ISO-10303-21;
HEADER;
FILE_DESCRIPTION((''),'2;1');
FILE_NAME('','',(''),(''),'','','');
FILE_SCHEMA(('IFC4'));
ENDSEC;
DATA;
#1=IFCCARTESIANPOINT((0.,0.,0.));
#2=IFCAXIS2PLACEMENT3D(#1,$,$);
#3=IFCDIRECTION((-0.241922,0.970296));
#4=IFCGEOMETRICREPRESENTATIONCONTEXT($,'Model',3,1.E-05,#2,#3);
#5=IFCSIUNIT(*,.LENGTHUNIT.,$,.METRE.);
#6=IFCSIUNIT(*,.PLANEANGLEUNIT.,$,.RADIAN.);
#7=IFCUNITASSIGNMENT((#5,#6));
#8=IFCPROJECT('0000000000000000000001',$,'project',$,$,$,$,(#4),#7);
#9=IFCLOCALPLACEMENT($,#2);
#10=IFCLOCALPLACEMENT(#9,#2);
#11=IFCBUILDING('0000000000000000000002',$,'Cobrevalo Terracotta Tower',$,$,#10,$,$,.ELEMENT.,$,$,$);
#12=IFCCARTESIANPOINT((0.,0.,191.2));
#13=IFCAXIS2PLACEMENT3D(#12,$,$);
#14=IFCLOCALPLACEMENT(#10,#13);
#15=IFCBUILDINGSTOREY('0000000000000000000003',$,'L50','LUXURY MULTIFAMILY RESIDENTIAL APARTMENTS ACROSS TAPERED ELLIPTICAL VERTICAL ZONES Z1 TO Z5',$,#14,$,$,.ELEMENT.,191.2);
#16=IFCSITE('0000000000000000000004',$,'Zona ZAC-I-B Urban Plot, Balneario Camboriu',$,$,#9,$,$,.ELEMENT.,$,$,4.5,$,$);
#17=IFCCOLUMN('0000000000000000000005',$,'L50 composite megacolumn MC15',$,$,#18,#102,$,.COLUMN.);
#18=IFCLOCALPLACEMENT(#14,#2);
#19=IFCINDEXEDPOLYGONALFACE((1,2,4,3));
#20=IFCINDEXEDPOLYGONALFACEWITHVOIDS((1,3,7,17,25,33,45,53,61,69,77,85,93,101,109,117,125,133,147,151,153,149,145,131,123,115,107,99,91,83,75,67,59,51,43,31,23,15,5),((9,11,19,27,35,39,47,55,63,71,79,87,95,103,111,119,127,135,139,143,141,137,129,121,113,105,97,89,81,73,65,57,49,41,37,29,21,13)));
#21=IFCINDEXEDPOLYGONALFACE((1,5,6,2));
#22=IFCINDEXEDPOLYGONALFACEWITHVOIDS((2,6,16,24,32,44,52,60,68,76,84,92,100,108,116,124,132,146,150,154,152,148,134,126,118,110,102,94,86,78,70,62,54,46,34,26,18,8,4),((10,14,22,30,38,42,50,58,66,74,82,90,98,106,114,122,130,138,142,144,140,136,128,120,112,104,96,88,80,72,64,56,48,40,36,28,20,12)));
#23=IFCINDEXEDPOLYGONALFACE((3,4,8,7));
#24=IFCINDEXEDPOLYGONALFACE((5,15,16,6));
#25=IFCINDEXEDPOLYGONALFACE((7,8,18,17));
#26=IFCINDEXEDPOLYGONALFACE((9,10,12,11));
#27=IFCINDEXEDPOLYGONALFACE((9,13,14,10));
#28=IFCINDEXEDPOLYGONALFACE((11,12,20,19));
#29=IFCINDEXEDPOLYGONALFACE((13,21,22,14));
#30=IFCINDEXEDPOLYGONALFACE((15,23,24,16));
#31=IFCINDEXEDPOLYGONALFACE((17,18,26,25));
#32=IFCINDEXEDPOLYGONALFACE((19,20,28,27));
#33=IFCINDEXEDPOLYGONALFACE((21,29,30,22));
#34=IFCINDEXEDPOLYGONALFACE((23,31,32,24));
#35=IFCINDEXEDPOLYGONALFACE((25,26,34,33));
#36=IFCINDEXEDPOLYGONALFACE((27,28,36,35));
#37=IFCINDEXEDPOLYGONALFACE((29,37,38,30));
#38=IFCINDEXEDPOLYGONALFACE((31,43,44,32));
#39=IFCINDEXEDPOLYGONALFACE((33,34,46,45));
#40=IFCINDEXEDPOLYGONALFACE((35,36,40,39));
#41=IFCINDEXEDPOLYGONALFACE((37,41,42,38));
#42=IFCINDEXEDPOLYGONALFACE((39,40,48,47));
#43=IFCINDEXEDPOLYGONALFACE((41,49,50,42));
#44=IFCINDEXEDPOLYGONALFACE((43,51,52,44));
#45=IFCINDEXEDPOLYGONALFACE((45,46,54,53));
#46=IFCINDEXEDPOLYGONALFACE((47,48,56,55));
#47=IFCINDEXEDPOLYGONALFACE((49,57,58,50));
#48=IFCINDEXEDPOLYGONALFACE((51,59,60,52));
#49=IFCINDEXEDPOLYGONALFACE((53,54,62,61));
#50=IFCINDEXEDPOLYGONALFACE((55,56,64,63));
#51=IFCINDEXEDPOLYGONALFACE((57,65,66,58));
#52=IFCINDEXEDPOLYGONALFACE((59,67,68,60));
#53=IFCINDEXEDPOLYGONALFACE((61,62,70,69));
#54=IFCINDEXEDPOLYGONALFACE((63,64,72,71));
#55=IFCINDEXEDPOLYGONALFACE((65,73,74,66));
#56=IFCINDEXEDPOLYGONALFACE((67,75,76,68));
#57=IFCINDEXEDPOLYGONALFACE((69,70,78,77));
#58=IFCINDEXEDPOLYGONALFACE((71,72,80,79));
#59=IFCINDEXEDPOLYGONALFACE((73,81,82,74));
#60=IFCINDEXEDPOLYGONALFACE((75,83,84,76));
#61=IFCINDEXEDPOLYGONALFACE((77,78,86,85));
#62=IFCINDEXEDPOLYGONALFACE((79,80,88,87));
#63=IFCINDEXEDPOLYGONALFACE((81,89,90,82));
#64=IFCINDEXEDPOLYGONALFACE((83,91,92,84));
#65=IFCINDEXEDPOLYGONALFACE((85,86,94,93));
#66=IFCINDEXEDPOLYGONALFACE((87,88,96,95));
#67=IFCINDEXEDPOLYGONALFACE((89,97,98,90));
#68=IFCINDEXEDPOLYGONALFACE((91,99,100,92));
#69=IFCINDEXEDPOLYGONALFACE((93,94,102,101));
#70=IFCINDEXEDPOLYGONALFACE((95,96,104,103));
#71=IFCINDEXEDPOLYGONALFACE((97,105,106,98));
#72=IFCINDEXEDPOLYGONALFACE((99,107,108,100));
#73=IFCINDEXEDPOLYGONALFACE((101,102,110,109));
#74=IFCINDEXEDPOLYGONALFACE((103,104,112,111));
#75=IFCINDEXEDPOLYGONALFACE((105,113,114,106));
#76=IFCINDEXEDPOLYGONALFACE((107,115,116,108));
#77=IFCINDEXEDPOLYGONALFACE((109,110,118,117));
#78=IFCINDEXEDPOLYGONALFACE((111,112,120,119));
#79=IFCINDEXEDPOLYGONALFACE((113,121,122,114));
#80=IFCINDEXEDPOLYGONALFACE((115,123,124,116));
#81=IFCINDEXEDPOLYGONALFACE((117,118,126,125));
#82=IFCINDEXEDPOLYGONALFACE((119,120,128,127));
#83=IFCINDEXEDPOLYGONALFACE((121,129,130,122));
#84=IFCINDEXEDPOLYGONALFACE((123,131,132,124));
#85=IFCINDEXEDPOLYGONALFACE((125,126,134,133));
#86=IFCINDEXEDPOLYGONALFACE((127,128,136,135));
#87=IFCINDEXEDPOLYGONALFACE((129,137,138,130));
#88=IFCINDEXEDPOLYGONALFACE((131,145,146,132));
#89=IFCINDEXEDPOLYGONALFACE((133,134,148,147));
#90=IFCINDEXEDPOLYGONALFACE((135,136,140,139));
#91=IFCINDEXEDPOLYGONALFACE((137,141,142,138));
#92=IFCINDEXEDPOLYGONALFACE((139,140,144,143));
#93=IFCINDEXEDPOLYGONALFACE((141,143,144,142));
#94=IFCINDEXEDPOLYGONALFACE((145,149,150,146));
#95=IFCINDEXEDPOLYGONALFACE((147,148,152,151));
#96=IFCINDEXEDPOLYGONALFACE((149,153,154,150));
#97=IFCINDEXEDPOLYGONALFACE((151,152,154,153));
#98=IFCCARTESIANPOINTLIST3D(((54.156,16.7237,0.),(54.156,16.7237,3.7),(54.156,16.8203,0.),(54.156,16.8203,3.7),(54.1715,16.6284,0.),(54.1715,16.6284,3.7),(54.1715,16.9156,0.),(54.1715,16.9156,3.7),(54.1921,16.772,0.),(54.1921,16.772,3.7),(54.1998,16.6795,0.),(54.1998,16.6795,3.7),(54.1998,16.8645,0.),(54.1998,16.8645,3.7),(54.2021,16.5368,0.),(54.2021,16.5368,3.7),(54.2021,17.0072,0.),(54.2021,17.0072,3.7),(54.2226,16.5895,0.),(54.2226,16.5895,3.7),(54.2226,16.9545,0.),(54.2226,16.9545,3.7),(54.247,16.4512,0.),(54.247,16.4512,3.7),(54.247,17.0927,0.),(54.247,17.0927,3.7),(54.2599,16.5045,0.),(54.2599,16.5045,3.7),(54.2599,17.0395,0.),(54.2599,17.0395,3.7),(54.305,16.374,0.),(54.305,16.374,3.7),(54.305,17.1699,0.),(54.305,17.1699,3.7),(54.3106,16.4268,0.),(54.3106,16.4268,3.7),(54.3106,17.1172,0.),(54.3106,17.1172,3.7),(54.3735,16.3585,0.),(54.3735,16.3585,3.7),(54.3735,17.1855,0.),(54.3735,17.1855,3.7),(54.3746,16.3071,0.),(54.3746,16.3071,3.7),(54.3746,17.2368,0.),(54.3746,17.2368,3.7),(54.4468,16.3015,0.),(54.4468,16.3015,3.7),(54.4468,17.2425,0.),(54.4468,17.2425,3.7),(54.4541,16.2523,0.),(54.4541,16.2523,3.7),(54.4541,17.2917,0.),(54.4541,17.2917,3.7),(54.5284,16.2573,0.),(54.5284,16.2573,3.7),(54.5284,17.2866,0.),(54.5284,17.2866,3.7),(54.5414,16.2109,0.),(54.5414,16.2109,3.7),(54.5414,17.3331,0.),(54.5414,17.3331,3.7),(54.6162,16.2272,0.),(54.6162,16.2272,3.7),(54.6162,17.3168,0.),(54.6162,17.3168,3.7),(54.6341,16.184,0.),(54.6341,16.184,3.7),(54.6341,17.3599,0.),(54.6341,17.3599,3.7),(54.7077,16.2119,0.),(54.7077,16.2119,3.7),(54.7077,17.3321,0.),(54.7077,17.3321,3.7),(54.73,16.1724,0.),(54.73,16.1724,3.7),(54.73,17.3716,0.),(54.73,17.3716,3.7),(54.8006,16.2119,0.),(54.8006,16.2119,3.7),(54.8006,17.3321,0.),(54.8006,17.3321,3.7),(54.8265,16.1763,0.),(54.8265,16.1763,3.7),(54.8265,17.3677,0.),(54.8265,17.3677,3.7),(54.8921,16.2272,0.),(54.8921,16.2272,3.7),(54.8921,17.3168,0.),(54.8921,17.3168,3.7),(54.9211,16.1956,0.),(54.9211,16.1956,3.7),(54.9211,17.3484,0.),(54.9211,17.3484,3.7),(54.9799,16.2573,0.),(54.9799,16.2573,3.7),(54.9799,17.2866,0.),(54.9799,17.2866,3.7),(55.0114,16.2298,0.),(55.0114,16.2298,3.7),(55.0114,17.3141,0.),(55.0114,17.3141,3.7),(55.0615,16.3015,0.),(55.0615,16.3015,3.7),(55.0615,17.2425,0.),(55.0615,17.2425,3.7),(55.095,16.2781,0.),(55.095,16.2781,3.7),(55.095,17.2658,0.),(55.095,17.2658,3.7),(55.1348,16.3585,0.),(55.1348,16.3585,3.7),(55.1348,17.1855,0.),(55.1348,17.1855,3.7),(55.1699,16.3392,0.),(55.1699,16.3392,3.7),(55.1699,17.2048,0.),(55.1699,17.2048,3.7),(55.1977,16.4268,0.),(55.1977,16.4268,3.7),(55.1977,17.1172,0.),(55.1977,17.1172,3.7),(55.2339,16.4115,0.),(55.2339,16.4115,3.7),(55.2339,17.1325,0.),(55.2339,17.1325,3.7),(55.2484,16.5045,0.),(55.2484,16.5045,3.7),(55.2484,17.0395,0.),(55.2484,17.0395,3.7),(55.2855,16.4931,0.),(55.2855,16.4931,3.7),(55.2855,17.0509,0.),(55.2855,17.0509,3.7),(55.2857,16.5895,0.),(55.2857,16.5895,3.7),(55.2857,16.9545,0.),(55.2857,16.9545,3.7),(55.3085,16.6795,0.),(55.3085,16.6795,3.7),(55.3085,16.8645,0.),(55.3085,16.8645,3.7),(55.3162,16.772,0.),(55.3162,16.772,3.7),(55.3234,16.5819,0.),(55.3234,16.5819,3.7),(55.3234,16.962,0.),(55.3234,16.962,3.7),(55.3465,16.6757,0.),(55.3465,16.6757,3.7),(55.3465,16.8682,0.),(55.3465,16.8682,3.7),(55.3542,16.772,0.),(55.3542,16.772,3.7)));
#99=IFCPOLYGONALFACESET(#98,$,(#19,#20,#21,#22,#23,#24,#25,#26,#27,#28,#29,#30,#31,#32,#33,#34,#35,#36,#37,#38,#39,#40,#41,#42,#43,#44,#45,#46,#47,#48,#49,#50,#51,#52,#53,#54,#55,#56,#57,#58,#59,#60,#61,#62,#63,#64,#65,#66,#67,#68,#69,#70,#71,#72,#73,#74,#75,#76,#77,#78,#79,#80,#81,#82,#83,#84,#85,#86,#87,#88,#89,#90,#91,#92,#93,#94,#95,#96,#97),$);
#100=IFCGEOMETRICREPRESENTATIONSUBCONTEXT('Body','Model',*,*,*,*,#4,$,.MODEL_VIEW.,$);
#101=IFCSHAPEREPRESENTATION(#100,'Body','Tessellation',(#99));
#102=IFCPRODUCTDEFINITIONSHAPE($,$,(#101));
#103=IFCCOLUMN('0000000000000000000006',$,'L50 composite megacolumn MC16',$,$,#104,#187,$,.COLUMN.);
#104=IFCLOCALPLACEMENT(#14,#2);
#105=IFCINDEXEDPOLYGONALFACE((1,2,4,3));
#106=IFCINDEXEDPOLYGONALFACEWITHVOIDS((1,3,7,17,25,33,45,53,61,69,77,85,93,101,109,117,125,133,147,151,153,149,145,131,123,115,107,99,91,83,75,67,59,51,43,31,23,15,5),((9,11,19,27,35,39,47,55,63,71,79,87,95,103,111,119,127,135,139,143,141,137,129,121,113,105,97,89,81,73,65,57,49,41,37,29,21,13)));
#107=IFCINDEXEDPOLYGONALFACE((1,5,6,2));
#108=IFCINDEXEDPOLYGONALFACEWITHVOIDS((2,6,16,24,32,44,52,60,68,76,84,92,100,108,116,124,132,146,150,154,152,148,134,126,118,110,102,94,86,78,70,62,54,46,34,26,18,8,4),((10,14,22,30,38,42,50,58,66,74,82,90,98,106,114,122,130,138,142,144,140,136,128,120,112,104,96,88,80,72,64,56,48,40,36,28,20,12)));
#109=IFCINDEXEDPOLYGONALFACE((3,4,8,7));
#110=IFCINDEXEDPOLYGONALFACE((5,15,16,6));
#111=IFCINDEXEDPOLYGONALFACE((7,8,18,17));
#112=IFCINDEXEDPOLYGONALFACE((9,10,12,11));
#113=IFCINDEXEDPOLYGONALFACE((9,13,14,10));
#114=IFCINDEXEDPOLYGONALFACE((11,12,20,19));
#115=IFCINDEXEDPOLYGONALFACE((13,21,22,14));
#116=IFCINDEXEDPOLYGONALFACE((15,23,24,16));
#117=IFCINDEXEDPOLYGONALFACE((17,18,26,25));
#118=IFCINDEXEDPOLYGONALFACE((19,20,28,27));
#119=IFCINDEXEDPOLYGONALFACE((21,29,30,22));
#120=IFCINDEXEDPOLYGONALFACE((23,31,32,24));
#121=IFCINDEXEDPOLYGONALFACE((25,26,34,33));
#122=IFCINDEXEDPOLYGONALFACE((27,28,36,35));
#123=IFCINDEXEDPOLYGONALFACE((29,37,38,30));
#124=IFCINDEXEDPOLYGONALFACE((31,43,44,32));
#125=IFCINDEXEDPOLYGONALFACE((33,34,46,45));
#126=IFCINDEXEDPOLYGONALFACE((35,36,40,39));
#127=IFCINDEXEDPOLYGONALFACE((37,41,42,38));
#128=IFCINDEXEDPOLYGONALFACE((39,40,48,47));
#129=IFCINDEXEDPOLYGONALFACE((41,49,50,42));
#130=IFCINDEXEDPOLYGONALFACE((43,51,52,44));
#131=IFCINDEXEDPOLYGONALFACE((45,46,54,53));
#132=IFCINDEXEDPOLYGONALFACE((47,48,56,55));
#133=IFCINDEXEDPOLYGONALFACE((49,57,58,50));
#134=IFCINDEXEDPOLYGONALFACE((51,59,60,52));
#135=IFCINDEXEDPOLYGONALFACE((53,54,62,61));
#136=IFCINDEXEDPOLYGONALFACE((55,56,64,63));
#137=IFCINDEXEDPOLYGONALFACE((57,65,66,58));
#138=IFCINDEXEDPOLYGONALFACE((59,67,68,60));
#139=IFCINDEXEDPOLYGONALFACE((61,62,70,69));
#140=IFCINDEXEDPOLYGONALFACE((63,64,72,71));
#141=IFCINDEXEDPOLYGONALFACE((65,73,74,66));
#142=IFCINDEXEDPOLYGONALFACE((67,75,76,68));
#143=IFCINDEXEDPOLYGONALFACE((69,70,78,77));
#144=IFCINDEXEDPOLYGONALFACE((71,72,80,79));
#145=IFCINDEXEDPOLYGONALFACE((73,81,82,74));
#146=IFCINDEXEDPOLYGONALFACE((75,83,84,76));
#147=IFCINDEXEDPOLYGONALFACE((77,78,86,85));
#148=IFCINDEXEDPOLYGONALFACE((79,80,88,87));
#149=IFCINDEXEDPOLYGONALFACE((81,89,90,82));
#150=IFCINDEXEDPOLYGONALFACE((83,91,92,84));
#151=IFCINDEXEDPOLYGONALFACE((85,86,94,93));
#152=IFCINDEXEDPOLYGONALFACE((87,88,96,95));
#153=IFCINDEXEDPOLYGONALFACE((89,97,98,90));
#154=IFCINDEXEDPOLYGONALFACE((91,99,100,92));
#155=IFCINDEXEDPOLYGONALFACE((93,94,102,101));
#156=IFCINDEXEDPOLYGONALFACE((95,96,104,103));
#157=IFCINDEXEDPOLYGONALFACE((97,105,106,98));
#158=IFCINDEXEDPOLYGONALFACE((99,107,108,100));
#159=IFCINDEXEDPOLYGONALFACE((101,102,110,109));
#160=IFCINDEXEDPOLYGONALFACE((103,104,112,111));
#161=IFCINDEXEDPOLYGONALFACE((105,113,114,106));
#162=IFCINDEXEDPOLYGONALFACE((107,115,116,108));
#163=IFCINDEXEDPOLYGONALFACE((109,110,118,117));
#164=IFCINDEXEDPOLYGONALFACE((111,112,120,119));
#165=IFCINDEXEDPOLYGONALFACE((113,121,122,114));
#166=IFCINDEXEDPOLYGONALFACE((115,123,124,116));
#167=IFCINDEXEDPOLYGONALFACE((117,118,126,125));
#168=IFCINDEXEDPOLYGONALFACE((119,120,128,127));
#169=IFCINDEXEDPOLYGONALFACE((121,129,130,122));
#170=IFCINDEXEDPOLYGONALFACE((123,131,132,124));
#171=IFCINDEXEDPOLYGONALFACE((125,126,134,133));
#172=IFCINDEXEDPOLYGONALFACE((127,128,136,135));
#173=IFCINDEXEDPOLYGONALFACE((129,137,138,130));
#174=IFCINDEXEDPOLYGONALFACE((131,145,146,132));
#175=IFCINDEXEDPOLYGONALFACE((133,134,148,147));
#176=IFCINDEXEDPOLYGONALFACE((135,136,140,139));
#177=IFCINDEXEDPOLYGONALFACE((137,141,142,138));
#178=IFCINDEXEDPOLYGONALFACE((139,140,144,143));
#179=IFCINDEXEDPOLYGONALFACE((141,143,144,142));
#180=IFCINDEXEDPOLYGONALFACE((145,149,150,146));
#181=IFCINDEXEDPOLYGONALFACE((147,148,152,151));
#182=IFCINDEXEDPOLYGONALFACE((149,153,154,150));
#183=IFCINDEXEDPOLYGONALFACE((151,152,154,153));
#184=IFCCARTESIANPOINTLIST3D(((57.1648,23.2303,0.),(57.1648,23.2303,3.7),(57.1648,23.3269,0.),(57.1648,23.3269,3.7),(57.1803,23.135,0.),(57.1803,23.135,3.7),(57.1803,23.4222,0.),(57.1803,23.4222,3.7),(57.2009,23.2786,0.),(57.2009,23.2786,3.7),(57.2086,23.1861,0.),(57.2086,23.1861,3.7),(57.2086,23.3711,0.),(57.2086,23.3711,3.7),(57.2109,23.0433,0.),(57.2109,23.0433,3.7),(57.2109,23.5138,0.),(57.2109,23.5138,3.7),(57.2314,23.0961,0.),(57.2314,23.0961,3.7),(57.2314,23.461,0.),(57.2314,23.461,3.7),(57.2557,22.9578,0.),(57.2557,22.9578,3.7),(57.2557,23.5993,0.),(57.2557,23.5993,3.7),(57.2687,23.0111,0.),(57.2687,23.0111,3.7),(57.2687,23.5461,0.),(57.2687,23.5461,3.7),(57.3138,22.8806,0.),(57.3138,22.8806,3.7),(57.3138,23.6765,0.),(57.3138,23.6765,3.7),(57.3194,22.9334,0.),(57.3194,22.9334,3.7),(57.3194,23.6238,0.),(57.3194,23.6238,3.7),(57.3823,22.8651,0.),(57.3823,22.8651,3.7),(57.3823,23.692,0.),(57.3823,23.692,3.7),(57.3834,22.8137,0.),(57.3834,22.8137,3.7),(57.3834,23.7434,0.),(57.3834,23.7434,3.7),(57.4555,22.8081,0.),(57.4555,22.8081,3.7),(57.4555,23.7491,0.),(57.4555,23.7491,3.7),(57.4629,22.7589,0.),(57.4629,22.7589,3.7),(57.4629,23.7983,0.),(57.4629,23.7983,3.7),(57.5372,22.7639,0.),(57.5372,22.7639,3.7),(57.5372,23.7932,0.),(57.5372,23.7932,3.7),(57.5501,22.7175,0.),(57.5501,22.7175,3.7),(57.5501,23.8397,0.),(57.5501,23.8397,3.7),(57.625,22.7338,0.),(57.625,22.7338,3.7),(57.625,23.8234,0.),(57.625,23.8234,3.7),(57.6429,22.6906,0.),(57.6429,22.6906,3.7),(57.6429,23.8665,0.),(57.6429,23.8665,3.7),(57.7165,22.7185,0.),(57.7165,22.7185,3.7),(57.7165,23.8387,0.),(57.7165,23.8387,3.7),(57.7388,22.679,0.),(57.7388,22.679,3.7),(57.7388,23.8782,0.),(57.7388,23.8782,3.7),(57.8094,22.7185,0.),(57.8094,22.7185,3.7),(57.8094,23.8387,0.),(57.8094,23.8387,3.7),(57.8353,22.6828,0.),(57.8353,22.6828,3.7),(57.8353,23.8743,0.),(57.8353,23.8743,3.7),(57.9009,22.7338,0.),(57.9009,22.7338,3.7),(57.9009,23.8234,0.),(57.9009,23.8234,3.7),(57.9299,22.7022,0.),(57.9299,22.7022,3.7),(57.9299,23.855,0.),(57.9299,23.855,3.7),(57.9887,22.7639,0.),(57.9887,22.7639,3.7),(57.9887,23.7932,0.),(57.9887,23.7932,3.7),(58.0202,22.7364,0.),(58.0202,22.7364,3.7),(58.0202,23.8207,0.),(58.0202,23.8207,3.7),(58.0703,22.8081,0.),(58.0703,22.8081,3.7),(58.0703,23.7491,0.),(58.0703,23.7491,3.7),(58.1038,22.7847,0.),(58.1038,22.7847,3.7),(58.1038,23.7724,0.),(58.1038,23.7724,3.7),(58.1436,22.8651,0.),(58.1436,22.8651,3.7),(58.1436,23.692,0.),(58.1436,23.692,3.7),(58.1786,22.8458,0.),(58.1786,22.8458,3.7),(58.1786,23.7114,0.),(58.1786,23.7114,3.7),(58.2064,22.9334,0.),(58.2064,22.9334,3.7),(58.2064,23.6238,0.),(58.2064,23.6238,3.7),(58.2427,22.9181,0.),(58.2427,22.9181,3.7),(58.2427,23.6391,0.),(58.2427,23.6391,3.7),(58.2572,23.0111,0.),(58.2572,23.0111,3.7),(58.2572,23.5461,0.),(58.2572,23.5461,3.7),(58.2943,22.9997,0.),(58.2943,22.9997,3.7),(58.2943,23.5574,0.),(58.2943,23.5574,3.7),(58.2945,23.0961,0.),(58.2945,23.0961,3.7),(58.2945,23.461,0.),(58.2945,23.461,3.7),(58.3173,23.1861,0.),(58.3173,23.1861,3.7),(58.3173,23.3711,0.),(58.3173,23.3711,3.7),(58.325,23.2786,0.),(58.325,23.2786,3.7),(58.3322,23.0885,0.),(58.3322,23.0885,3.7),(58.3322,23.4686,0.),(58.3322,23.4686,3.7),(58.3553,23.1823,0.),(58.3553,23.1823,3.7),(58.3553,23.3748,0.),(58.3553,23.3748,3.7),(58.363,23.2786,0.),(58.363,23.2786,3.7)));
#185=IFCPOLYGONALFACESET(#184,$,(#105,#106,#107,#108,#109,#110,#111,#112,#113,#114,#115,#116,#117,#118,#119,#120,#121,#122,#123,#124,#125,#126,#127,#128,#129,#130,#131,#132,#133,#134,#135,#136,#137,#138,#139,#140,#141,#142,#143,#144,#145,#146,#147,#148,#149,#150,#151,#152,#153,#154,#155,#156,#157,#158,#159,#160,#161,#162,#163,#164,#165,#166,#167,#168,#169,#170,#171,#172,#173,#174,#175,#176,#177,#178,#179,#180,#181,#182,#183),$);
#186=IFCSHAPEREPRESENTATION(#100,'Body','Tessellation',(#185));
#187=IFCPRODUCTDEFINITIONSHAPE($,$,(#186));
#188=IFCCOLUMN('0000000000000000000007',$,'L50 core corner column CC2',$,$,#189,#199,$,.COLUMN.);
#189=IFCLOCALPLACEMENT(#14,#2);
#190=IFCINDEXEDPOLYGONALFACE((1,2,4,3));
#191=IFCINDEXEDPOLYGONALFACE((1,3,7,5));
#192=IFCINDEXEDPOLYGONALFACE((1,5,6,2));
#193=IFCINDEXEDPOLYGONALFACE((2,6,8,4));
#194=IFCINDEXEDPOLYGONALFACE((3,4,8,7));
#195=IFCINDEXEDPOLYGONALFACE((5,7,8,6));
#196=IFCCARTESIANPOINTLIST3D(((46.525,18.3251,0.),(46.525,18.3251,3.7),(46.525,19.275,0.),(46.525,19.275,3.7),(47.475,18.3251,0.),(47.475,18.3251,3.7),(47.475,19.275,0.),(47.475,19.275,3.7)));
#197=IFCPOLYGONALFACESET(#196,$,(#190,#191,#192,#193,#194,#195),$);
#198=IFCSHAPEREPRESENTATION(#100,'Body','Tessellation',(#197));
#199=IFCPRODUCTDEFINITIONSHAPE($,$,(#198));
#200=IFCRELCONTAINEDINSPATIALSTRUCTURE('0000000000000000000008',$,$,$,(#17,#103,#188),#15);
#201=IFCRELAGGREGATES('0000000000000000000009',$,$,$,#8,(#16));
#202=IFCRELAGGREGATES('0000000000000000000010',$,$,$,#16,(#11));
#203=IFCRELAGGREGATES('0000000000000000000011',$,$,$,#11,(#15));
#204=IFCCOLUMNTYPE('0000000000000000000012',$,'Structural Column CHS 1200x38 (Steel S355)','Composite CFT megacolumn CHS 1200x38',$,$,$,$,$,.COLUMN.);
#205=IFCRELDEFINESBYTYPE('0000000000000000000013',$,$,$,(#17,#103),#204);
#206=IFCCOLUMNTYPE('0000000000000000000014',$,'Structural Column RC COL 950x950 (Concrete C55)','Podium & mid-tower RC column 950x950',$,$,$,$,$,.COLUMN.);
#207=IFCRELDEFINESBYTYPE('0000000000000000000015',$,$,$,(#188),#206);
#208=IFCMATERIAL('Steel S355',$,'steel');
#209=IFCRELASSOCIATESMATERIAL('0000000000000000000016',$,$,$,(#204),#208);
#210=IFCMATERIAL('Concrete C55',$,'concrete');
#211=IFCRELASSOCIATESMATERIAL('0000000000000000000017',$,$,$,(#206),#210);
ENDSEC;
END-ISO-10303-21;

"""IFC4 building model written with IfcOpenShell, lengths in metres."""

from ifc_helpers import new_model, si_unit, direction, frame, origin, origin_2d, place, context, subcontext, project, spatial, rectangle, hollow_circle, extrude, material, material_profile, profile_set, type_object, element, save


model = new_model("IFC4")

# Units and contexts
model_context = context("Model", 3, precision=1e-05, world=origin(), true_north=direction((-0.241922, 0.970296)))
body_context = subcontext(model_context, "Body", "Model", "MODEL_VIEW")
ifc_project = project(units=[si_unit("LENGTHUNIT", "METRE"), si_unit("PLANEANGLEUNIT", "RADIAN")], contexts=[model_context])

# Site, building, storey
site_placement = place(None, origin())
site = spatial("IfcSite", under=ifc_project, at=site_placement, Name="Zona ZAC-I-B Urban Plot, Balneario Camboriu", CompositionType="ELEMENT", RefElevation=4.5)
building_placement = place(site_placement, origin())
building = spatial("IfcBuilding", under=site, at=building_placement, Name="Cobrevalo Terracotta Tower", CompositionType="ELEMENT")
storey_placement = place(building_placement, frame((0.0, 0.0, 191.2)))
storey = spatial("IfcBuildingStorey", under=building, at=storey_placement, Name="L50", Description="LUXURY MULTIFAMILY RESIDENTIAL APARTMENTS ACROSS TAPERED ELLIPTICAL VERTICAL ZONES Z1 TO Z5", CompositionType="ELEMENT", Elevation=191.2)

# Columns
ifc_material_1 = material(Name="Steel S355", Category="steel")
ifc_material_profile_1 = material_profile(ifc_material_1, hollow_circle(Radius=0.6001, WallThickness=0.0381, at=origin_2d()), Name="CHS 1200x38")
ifc_profile_set_1 = profile_set([ifc_material_profile_1], Name="Steel S355")
column_type_1 = type_object("IfcColumnType", Name="Structural Column CHS 1200x38 (Steel S355)", Description="Composite CFT megacolumn CHS 1200x38", PredefinedType="COLUMN", material=ifc_profile_set_1)
for number, where, z_axis, x_axis, name in (
    (1, (54.7542, 16.772, 0.0), (0.0, 0.0, 1.0), (1.0, 0.0, 0.0), "L50 composite megacolumn MC15"),
    (2, (57.7629, 23.2786, 0.0), (0.0, 0.0, 1.0), (1.0, 0.0, 0.0), "L50 composite megacolumn MC16"),
):
    element("IfcColumn", number, at=place(storey_placement, frame(where, z_axis=z_axis, x_axis=x_axis)), inside=storey, type_object=column_type_1, Name=name, PredefinedType="COLUMN", context=body_context, shape_type="SweptSolid", body=[
        extrude(hollow_circle(Radius=0.6001, WallThickness=0.0381, at=origin_2d()), origin(), (0.0, 0.0, 1.0), 3.7),
    ])
ifc_material_2 = material(Name="Concrete C55", Category="concrete")
ifc_material_profile_2 = material_profile(ifc_material_2, rectangle(XDim=0.95, YDim=0.95, at=origin_2d()), Name="RC COL 950x950")
ifc_profile_set_2 = profile_set([ifc_material_profile_2], Name="Concrete C55")
column_type_2 = type_object("IfcColumnType", Name="Structural Column RC COL 950x950 (Concrete C55)", Description="Podium & mid-tower RC column 950x950", PredefinedType="COLUMN", material=ifc_profile_set_2)
column_placement = place(storey_placement, frame((47.0, 18.8, 0.0), z_axis=(0.0, 0.0, 1.0), x_axis=(1.0, 0.0, 0.0)))
element("IfcColumn", 3, at=column_placement, inside=storey, type_object=column_type_2, Name="L50 core corner column CC2", PredefinedType="COLUMN", context=body_context, shape_type="SweptSolid", body=[
    extrude(rectangle(XDim=0.95, YDim=0.95, at=origin_2d()), origin(), (0.0, 0.0, 1.0), 3.7),
])

save(model, "model.ifc")
